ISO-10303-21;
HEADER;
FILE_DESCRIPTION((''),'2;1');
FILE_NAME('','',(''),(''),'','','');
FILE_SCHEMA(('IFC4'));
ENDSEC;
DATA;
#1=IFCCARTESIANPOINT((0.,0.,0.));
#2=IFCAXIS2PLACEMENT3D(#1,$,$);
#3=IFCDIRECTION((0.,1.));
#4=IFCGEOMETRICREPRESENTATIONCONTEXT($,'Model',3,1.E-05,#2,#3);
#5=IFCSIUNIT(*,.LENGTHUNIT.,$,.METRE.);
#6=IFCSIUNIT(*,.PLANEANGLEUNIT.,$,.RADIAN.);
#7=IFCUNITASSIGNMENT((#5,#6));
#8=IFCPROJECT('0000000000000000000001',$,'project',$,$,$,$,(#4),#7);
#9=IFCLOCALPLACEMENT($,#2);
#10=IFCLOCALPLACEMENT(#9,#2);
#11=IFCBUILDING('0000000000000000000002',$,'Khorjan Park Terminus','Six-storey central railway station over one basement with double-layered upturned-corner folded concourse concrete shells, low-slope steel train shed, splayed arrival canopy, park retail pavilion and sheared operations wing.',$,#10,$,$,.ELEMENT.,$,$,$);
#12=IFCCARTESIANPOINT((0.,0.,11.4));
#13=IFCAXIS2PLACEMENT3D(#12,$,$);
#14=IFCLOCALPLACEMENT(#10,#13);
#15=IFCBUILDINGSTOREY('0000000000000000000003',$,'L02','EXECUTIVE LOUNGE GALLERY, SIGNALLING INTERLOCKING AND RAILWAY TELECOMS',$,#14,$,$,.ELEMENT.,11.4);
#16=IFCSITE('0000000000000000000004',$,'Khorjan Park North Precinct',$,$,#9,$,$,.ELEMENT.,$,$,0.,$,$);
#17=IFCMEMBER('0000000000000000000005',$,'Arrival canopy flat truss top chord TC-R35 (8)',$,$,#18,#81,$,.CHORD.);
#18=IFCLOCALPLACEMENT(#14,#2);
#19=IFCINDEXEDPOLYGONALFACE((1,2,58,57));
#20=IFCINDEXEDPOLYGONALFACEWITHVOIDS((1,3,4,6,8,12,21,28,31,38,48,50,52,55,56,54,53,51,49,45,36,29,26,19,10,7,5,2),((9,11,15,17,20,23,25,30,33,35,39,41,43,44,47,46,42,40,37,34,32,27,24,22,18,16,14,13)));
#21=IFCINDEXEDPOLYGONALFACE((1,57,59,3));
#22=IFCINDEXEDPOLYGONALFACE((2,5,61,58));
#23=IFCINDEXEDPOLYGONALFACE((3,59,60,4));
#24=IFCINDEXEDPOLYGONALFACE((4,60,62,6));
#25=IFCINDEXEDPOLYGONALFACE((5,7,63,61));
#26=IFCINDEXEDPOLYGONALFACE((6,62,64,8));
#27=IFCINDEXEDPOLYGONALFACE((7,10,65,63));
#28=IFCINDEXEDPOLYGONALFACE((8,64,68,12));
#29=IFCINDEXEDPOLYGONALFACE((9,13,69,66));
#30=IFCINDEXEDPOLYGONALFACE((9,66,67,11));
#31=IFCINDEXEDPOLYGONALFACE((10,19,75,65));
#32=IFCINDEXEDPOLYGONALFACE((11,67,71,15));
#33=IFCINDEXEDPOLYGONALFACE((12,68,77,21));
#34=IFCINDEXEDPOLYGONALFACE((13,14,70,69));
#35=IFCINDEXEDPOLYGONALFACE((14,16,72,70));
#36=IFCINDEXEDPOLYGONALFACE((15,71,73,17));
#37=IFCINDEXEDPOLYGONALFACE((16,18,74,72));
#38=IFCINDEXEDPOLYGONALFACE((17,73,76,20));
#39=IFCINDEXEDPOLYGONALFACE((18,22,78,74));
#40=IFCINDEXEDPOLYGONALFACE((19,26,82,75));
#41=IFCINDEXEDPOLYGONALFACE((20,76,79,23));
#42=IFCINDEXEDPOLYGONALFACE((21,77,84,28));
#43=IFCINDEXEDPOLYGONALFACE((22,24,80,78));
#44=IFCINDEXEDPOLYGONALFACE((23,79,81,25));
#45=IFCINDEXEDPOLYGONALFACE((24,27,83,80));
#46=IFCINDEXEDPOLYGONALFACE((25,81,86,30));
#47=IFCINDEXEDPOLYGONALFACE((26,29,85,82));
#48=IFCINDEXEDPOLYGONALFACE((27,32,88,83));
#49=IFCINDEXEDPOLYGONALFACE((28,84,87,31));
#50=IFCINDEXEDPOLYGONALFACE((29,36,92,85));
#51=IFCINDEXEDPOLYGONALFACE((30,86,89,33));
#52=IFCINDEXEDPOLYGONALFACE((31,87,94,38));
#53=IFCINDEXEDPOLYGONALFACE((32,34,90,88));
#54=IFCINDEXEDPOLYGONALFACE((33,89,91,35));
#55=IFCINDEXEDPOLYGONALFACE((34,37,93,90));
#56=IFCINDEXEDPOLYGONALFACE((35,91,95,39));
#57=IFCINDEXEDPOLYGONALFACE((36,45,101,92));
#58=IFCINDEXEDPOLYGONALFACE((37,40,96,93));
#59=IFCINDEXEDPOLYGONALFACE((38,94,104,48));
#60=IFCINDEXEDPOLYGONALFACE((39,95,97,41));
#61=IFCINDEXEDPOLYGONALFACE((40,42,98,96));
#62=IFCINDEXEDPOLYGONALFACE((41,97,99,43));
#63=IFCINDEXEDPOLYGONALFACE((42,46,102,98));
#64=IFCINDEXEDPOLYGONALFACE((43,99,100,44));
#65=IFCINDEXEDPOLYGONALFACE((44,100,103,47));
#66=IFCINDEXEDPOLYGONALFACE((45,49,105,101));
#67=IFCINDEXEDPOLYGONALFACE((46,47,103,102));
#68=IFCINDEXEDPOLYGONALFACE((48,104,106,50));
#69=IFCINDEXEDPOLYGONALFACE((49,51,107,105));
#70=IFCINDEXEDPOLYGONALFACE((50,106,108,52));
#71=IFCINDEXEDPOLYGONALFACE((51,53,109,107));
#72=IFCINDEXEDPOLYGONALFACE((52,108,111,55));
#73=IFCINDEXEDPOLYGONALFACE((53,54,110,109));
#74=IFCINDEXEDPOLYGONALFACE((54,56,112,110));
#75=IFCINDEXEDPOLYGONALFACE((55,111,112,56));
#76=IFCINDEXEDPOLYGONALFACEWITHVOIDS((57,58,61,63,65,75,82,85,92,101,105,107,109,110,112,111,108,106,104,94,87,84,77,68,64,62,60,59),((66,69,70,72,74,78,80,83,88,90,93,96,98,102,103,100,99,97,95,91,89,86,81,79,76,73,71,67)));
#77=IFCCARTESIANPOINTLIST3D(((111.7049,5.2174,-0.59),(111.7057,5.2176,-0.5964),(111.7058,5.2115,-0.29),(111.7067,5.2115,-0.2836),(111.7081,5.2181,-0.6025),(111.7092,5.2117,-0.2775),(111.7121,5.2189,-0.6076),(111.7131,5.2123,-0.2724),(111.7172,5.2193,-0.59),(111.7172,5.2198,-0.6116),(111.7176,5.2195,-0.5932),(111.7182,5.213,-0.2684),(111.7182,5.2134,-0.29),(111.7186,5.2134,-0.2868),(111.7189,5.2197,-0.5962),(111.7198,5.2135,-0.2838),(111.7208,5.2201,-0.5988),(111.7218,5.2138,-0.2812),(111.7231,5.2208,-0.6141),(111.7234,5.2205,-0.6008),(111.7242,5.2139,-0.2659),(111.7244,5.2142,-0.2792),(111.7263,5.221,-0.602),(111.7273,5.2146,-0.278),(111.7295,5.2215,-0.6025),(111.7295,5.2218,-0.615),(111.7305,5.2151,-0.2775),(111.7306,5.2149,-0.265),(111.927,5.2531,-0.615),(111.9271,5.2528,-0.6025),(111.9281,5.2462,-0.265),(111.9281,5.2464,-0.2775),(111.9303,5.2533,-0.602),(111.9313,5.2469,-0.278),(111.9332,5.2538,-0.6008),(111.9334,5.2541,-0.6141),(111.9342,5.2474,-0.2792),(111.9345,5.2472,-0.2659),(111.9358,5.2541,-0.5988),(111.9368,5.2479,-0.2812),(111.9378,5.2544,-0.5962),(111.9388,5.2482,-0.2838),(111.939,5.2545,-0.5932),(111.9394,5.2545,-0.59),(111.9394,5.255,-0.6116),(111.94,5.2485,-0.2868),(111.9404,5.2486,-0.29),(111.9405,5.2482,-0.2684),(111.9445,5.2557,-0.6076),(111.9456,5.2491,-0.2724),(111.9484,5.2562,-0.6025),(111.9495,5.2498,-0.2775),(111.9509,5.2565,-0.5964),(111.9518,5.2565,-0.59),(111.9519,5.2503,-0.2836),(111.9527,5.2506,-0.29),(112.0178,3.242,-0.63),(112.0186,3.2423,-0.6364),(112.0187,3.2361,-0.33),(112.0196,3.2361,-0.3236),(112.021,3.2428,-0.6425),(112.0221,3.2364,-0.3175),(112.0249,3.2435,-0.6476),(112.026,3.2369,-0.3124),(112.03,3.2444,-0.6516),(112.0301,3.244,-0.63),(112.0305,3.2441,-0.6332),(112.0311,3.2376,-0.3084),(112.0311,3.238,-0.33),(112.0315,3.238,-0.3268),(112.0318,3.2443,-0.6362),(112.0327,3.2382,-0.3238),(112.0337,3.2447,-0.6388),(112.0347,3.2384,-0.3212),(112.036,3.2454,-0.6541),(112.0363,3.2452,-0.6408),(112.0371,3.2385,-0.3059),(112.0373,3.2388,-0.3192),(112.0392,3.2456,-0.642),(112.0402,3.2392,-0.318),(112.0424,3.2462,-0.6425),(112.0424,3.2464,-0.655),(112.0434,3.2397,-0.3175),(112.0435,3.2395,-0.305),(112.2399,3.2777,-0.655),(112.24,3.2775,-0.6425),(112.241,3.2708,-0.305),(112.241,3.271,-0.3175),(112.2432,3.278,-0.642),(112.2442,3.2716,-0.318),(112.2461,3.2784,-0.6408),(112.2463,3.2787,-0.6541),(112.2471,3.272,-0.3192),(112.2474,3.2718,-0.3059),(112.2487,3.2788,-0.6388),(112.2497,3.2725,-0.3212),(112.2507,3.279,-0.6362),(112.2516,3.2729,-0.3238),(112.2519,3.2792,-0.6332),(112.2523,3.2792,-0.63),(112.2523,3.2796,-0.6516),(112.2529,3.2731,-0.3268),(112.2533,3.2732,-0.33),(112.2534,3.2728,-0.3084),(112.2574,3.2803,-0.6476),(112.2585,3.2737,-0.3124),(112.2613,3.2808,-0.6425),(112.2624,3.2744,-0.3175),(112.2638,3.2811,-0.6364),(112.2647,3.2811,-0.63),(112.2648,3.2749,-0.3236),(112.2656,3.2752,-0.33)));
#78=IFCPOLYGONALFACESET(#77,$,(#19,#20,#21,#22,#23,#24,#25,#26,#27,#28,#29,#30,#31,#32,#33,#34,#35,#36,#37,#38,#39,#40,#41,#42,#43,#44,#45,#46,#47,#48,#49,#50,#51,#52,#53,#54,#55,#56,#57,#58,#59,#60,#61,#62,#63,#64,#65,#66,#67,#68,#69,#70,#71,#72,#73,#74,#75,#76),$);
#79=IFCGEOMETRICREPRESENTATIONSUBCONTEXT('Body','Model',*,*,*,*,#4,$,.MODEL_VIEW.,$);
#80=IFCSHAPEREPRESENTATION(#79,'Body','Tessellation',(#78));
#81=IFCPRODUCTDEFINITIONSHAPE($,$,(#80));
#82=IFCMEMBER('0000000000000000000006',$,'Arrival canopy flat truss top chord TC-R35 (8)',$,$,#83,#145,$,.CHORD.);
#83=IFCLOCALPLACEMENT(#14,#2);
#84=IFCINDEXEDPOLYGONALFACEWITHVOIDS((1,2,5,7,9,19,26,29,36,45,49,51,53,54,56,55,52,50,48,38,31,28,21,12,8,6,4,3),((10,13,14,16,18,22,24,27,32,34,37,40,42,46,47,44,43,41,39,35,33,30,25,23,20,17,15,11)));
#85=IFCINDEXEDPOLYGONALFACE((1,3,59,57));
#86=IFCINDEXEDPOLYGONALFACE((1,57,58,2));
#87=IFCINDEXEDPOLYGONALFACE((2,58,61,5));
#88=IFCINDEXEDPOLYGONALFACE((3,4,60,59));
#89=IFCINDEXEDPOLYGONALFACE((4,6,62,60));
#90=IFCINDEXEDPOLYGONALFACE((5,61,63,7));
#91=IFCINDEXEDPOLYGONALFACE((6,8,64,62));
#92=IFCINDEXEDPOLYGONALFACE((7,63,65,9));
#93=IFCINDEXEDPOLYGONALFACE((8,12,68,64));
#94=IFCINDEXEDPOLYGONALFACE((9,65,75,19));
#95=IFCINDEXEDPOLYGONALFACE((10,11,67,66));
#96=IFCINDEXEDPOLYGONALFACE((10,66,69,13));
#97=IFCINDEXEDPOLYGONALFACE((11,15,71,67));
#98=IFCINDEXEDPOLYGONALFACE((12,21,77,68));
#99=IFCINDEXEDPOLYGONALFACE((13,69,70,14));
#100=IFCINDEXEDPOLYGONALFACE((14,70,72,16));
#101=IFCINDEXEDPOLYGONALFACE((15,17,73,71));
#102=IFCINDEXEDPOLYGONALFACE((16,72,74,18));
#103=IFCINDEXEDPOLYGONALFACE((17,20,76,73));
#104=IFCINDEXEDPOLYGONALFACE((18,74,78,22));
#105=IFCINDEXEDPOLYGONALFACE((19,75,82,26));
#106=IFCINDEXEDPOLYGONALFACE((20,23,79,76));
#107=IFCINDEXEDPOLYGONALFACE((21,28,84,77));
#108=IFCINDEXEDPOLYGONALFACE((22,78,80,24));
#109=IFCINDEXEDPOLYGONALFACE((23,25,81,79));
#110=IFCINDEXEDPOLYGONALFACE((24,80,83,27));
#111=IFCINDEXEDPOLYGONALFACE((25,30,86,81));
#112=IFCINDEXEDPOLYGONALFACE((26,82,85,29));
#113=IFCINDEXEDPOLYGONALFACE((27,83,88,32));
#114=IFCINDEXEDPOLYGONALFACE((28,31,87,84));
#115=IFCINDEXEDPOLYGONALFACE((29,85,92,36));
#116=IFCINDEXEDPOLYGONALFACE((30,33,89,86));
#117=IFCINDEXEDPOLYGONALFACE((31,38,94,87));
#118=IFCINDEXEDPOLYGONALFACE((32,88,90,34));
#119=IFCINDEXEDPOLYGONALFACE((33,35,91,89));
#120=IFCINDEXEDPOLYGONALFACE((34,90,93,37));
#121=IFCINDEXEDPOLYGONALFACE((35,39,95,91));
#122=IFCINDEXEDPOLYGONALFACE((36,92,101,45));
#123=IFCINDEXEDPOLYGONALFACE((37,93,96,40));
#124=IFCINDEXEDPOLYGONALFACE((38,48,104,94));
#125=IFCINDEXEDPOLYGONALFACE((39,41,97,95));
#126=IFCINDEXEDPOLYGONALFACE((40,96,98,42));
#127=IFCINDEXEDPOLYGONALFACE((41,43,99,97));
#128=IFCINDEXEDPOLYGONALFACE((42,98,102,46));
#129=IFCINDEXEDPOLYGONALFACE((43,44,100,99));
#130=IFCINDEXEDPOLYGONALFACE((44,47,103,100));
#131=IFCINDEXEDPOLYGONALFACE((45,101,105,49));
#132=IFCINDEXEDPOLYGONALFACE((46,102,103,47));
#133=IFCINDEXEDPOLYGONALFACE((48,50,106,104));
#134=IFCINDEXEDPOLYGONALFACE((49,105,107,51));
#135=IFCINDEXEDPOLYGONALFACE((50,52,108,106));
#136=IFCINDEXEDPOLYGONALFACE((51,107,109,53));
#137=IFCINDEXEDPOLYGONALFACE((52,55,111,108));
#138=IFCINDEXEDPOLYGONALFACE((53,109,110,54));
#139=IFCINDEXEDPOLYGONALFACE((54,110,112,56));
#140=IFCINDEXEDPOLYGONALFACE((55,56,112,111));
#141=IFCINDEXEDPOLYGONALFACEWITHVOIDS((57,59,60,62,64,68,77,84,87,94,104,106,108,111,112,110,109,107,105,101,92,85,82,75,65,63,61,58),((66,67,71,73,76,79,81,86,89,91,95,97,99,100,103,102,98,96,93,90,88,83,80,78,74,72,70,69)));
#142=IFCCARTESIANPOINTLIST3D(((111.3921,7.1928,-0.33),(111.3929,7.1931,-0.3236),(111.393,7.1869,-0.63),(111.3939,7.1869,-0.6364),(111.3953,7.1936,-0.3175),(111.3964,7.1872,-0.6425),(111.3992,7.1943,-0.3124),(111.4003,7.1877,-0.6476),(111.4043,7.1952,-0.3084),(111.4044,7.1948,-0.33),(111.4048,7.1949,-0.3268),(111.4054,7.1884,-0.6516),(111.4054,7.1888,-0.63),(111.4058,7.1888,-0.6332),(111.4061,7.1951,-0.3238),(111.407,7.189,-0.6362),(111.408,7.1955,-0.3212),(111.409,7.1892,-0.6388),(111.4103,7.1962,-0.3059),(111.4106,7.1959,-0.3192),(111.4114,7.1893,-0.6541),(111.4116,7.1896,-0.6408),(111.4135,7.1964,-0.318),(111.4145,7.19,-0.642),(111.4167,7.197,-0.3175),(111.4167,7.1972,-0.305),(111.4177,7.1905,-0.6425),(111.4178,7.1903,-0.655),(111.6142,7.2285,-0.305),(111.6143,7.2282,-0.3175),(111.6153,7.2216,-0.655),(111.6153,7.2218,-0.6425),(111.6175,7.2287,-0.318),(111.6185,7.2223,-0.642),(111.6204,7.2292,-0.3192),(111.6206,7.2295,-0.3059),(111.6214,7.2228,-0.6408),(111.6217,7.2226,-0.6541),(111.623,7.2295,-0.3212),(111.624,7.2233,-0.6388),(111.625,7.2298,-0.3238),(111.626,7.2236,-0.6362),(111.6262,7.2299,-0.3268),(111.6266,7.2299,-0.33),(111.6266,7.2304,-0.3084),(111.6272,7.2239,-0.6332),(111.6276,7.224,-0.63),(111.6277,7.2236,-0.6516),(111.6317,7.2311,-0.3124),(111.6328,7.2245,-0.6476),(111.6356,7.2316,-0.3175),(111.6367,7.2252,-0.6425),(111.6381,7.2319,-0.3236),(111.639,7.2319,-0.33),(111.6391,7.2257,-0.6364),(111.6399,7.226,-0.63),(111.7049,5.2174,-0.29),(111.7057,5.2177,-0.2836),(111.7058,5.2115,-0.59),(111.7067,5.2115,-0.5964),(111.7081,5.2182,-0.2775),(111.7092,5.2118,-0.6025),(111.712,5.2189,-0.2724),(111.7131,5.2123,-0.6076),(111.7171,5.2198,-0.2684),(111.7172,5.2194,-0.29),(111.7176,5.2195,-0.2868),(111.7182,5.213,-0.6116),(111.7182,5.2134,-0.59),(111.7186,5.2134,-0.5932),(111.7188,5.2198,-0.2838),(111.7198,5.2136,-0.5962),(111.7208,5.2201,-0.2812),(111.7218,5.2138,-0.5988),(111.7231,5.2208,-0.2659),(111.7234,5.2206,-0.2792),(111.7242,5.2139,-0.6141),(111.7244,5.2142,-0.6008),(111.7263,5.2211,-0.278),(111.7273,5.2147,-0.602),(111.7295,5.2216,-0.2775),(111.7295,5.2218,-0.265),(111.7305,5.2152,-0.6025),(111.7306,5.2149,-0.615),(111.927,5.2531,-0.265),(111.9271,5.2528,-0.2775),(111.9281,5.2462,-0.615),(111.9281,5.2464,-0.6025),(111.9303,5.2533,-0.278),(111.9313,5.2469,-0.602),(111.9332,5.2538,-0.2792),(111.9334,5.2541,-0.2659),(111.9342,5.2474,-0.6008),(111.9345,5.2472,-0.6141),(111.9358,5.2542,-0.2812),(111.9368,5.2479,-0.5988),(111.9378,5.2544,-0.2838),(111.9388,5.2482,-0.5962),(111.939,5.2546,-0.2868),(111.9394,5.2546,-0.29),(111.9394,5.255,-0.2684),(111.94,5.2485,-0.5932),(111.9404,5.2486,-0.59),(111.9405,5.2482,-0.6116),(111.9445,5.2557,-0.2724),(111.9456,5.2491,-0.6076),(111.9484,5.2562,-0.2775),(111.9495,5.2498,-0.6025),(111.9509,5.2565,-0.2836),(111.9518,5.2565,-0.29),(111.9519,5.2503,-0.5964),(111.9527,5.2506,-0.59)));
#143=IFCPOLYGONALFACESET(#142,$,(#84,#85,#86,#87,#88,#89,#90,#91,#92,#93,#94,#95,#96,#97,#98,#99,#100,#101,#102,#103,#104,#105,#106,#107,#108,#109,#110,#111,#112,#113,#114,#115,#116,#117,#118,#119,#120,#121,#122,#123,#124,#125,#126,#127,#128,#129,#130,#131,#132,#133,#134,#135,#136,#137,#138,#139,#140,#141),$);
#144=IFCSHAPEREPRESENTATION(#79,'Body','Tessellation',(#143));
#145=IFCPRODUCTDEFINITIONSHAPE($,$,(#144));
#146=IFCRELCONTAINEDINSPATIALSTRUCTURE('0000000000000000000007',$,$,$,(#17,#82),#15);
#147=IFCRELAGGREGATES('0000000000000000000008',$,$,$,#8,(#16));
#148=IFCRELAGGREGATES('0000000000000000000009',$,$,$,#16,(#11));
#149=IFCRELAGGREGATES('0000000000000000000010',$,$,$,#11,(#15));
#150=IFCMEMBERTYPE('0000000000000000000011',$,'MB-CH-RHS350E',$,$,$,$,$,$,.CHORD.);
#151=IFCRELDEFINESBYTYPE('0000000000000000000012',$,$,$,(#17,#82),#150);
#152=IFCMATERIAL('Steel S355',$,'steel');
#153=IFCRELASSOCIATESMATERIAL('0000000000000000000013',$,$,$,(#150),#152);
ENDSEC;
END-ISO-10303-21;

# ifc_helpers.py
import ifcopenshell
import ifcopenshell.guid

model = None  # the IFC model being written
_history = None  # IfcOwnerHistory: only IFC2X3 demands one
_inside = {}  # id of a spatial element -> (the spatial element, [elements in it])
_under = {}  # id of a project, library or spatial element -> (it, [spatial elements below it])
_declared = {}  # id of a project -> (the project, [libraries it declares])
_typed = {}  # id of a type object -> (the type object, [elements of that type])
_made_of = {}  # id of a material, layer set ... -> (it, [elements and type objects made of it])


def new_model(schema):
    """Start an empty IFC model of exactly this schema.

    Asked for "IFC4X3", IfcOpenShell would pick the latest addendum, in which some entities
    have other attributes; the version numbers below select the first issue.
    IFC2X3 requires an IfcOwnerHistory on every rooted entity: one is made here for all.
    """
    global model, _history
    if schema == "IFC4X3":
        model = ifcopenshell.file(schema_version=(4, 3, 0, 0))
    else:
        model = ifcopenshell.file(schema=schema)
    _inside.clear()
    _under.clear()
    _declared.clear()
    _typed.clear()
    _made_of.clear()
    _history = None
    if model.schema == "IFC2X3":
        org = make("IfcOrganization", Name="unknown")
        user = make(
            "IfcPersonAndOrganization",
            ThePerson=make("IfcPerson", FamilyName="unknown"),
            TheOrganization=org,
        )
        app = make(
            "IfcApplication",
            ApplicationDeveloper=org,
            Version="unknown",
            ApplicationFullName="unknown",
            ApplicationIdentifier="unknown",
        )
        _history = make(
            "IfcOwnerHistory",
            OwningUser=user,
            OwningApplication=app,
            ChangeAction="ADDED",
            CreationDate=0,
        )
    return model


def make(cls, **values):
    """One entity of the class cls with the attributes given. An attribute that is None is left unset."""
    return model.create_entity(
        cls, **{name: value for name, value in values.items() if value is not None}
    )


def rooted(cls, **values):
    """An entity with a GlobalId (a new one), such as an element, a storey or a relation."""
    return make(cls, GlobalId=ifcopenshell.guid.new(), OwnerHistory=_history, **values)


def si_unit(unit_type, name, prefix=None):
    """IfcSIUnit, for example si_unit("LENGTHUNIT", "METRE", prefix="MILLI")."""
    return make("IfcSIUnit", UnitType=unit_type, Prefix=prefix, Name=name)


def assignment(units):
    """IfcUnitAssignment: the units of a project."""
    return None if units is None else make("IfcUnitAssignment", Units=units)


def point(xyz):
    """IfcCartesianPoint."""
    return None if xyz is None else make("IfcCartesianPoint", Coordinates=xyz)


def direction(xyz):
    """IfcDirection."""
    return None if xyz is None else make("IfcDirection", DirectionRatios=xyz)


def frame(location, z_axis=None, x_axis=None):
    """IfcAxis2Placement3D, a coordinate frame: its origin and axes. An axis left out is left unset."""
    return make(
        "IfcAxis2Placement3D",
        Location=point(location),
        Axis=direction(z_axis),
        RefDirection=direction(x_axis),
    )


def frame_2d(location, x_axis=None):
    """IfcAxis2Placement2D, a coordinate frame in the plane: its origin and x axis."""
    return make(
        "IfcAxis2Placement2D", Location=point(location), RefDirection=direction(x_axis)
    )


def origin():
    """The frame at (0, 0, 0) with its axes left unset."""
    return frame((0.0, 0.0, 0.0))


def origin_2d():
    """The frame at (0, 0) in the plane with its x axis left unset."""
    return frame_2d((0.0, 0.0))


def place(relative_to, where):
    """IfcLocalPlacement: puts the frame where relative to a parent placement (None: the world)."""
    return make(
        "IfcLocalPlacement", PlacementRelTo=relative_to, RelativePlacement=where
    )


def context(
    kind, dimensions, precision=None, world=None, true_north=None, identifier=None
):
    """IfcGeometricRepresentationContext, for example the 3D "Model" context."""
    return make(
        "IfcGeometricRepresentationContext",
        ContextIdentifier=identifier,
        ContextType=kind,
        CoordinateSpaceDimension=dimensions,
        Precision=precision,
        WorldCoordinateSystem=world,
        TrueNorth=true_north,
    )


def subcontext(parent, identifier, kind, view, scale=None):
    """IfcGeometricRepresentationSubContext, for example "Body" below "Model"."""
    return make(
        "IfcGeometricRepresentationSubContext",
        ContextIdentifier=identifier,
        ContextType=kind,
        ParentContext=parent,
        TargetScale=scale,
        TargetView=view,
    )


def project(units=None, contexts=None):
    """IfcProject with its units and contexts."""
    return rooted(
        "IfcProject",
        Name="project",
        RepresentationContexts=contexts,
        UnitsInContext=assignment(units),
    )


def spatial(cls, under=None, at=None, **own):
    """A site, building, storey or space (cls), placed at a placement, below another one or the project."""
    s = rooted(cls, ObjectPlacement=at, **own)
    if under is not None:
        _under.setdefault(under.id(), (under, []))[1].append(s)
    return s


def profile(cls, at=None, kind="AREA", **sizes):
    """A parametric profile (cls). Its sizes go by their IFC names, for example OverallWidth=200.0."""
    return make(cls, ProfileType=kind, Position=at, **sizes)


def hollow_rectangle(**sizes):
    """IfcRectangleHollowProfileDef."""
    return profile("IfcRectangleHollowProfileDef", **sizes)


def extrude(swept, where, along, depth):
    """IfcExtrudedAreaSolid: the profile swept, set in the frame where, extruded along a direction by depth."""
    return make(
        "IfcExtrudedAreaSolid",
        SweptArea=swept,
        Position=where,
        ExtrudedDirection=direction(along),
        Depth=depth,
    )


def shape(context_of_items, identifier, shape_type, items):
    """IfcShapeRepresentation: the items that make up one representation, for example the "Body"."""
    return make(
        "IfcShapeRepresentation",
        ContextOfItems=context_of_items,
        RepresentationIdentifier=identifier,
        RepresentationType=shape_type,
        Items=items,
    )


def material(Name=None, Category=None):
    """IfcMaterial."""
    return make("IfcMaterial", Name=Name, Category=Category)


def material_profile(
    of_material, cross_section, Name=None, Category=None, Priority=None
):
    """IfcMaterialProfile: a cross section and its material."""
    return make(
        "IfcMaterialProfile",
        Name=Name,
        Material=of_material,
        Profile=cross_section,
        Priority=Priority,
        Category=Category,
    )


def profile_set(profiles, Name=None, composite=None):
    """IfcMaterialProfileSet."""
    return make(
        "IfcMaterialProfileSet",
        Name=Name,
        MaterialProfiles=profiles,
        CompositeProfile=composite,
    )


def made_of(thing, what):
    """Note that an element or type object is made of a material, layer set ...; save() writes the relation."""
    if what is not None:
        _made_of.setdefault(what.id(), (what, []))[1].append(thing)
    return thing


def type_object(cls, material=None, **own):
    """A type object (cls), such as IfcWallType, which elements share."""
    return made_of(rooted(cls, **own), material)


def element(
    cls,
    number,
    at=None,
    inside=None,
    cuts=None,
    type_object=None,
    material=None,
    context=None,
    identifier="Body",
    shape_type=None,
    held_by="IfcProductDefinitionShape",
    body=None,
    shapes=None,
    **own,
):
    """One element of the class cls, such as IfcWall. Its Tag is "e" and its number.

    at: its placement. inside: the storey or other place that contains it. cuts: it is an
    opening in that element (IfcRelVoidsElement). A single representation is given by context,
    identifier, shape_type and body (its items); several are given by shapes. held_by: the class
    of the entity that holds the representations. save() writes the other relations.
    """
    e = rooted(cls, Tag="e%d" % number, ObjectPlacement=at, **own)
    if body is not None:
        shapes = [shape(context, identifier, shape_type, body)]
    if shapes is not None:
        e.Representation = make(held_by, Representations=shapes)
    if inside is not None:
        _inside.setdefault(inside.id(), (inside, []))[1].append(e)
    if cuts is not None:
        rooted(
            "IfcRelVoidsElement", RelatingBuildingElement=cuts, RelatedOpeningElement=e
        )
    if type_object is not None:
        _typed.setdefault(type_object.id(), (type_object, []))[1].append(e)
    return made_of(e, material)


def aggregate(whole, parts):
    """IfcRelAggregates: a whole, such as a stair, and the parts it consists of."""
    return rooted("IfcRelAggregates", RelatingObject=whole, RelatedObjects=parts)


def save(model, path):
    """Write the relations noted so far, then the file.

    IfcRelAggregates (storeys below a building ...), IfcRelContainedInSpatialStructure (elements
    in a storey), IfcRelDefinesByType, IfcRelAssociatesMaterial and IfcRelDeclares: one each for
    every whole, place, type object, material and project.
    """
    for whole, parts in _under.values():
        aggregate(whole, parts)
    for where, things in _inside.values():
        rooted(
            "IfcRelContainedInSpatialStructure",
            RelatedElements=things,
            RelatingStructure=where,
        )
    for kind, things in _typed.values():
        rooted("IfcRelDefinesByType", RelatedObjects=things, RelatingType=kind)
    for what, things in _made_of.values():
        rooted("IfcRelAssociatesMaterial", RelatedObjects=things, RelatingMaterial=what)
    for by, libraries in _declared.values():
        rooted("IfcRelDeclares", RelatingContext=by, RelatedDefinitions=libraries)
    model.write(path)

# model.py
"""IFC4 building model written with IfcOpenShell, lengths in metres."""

from ifc_helpers import new_model, si_unit, direction, frame, origin, origin_2d, place, context, subcontext, project, spatial, hollow_rectangle, extrude, material, material_profile, profile_set, type_object, element, save


model = new_model("IFC4")

# Units and contexts
model_context = context("Model", 3, precision=1e-05, world=origin(), true_north=direction((0.0, 1.0)))
body_context = subcontext(model_context, "Body", "Model", "MODEL_VIEW")
ifc_project = project(units=[si_unit("LENGTHUNIT", "METRE"), si_unit("PLANEANGLEUNIT", "RADIAN")], contexts=[model_context])

# Site, building, storey
site_placement = place(None, origin())
site = spatial("IfcSite", under=ifc_project, at=site_placement, Name="Khorjan Park North Precinct", CompositionType="ELEMENT", RefElevation=0.0)
building_placement = place(site_placement, origin())
building = spatial("IfcBuilding", under=site, at=building_placement, Name="Khorjan Park Terminus", Description="Six-storey central railway station over one basement with double-layered upturned-corner folded concourse concrete shells, low-slope steel train shed, splayed arrival canopy, park retail pavilion and sheared operations wing.", CompositionType="ELEMENT")
storey_placement = place(building_placement, frame((0.0, 0.0, 11.4)))
storey = spatial("IfcBuildingStorey", under=building, at=storey_placement, Name="L02", Description="EXECUTIVE LOUNGE GALLERY, SIGNALLING INTERLOCKING AND RAILWAY TELECOMS", CompositionType="ELEMENT", Elevation=11.4)

# Members
ifc_material_1 = material(Name="Steel S355", Category="steel")
ifc_material_profile_1 = material_profile(ifc_material_1, hollow_rectangle(XDim=0.25, YDim=0.35, WallThickness=0.0125, InnerFilletRadius=0.0125, OuterFilletRadius=0.025, at=origin_2d()), Name="RHS 350x250x12.5")
ifc_profile_set_1 = profile_set([ifc_material_profile_1], Name="Steel S355")
member_type_1 = type_object("IfcMemberType", Name="MB-CH-RHS350E", PredefinedType="CHORD", material=ifc_profile_set_1)
for number, where, z_axis, x_axis, name in (
    (1, (112.1417, 3.2586, -0.48), (-0.156417, 0.987489, 0.019996), (-0.987686, -0.156448, 0.0), "Arrival canopy flat truss top chord TC-R35 (8)"),
    (2, (111.8288, 5.234, -0.44), (-0.156368, 0.987496, -0.019996), (-0.987694, -0.156399, 0.0), "Arrival canopy flat truss top chord TC-R35 (8)"),
):
    element("IfcMember", number, at=place(storey_placement, frame(where, z_axis=z_axis, x_axis=x_axis)), inside=storey, type_object=member_type_1, Name=name, PredefinedType="CHORD", context=body_context, shape_type="SweptSolid", body=[
        extrude(hollow_rectangle(XDim=0.25, YDim=0.35, WallThickness=0.0125, InnerFilletRadius=0.0125, OuterFilletRadius=0.025, at=origin_2d()), origin(), (0.0, 0.0, 1.0), 2.0004),
    ])

save(model, "model.ifc")
